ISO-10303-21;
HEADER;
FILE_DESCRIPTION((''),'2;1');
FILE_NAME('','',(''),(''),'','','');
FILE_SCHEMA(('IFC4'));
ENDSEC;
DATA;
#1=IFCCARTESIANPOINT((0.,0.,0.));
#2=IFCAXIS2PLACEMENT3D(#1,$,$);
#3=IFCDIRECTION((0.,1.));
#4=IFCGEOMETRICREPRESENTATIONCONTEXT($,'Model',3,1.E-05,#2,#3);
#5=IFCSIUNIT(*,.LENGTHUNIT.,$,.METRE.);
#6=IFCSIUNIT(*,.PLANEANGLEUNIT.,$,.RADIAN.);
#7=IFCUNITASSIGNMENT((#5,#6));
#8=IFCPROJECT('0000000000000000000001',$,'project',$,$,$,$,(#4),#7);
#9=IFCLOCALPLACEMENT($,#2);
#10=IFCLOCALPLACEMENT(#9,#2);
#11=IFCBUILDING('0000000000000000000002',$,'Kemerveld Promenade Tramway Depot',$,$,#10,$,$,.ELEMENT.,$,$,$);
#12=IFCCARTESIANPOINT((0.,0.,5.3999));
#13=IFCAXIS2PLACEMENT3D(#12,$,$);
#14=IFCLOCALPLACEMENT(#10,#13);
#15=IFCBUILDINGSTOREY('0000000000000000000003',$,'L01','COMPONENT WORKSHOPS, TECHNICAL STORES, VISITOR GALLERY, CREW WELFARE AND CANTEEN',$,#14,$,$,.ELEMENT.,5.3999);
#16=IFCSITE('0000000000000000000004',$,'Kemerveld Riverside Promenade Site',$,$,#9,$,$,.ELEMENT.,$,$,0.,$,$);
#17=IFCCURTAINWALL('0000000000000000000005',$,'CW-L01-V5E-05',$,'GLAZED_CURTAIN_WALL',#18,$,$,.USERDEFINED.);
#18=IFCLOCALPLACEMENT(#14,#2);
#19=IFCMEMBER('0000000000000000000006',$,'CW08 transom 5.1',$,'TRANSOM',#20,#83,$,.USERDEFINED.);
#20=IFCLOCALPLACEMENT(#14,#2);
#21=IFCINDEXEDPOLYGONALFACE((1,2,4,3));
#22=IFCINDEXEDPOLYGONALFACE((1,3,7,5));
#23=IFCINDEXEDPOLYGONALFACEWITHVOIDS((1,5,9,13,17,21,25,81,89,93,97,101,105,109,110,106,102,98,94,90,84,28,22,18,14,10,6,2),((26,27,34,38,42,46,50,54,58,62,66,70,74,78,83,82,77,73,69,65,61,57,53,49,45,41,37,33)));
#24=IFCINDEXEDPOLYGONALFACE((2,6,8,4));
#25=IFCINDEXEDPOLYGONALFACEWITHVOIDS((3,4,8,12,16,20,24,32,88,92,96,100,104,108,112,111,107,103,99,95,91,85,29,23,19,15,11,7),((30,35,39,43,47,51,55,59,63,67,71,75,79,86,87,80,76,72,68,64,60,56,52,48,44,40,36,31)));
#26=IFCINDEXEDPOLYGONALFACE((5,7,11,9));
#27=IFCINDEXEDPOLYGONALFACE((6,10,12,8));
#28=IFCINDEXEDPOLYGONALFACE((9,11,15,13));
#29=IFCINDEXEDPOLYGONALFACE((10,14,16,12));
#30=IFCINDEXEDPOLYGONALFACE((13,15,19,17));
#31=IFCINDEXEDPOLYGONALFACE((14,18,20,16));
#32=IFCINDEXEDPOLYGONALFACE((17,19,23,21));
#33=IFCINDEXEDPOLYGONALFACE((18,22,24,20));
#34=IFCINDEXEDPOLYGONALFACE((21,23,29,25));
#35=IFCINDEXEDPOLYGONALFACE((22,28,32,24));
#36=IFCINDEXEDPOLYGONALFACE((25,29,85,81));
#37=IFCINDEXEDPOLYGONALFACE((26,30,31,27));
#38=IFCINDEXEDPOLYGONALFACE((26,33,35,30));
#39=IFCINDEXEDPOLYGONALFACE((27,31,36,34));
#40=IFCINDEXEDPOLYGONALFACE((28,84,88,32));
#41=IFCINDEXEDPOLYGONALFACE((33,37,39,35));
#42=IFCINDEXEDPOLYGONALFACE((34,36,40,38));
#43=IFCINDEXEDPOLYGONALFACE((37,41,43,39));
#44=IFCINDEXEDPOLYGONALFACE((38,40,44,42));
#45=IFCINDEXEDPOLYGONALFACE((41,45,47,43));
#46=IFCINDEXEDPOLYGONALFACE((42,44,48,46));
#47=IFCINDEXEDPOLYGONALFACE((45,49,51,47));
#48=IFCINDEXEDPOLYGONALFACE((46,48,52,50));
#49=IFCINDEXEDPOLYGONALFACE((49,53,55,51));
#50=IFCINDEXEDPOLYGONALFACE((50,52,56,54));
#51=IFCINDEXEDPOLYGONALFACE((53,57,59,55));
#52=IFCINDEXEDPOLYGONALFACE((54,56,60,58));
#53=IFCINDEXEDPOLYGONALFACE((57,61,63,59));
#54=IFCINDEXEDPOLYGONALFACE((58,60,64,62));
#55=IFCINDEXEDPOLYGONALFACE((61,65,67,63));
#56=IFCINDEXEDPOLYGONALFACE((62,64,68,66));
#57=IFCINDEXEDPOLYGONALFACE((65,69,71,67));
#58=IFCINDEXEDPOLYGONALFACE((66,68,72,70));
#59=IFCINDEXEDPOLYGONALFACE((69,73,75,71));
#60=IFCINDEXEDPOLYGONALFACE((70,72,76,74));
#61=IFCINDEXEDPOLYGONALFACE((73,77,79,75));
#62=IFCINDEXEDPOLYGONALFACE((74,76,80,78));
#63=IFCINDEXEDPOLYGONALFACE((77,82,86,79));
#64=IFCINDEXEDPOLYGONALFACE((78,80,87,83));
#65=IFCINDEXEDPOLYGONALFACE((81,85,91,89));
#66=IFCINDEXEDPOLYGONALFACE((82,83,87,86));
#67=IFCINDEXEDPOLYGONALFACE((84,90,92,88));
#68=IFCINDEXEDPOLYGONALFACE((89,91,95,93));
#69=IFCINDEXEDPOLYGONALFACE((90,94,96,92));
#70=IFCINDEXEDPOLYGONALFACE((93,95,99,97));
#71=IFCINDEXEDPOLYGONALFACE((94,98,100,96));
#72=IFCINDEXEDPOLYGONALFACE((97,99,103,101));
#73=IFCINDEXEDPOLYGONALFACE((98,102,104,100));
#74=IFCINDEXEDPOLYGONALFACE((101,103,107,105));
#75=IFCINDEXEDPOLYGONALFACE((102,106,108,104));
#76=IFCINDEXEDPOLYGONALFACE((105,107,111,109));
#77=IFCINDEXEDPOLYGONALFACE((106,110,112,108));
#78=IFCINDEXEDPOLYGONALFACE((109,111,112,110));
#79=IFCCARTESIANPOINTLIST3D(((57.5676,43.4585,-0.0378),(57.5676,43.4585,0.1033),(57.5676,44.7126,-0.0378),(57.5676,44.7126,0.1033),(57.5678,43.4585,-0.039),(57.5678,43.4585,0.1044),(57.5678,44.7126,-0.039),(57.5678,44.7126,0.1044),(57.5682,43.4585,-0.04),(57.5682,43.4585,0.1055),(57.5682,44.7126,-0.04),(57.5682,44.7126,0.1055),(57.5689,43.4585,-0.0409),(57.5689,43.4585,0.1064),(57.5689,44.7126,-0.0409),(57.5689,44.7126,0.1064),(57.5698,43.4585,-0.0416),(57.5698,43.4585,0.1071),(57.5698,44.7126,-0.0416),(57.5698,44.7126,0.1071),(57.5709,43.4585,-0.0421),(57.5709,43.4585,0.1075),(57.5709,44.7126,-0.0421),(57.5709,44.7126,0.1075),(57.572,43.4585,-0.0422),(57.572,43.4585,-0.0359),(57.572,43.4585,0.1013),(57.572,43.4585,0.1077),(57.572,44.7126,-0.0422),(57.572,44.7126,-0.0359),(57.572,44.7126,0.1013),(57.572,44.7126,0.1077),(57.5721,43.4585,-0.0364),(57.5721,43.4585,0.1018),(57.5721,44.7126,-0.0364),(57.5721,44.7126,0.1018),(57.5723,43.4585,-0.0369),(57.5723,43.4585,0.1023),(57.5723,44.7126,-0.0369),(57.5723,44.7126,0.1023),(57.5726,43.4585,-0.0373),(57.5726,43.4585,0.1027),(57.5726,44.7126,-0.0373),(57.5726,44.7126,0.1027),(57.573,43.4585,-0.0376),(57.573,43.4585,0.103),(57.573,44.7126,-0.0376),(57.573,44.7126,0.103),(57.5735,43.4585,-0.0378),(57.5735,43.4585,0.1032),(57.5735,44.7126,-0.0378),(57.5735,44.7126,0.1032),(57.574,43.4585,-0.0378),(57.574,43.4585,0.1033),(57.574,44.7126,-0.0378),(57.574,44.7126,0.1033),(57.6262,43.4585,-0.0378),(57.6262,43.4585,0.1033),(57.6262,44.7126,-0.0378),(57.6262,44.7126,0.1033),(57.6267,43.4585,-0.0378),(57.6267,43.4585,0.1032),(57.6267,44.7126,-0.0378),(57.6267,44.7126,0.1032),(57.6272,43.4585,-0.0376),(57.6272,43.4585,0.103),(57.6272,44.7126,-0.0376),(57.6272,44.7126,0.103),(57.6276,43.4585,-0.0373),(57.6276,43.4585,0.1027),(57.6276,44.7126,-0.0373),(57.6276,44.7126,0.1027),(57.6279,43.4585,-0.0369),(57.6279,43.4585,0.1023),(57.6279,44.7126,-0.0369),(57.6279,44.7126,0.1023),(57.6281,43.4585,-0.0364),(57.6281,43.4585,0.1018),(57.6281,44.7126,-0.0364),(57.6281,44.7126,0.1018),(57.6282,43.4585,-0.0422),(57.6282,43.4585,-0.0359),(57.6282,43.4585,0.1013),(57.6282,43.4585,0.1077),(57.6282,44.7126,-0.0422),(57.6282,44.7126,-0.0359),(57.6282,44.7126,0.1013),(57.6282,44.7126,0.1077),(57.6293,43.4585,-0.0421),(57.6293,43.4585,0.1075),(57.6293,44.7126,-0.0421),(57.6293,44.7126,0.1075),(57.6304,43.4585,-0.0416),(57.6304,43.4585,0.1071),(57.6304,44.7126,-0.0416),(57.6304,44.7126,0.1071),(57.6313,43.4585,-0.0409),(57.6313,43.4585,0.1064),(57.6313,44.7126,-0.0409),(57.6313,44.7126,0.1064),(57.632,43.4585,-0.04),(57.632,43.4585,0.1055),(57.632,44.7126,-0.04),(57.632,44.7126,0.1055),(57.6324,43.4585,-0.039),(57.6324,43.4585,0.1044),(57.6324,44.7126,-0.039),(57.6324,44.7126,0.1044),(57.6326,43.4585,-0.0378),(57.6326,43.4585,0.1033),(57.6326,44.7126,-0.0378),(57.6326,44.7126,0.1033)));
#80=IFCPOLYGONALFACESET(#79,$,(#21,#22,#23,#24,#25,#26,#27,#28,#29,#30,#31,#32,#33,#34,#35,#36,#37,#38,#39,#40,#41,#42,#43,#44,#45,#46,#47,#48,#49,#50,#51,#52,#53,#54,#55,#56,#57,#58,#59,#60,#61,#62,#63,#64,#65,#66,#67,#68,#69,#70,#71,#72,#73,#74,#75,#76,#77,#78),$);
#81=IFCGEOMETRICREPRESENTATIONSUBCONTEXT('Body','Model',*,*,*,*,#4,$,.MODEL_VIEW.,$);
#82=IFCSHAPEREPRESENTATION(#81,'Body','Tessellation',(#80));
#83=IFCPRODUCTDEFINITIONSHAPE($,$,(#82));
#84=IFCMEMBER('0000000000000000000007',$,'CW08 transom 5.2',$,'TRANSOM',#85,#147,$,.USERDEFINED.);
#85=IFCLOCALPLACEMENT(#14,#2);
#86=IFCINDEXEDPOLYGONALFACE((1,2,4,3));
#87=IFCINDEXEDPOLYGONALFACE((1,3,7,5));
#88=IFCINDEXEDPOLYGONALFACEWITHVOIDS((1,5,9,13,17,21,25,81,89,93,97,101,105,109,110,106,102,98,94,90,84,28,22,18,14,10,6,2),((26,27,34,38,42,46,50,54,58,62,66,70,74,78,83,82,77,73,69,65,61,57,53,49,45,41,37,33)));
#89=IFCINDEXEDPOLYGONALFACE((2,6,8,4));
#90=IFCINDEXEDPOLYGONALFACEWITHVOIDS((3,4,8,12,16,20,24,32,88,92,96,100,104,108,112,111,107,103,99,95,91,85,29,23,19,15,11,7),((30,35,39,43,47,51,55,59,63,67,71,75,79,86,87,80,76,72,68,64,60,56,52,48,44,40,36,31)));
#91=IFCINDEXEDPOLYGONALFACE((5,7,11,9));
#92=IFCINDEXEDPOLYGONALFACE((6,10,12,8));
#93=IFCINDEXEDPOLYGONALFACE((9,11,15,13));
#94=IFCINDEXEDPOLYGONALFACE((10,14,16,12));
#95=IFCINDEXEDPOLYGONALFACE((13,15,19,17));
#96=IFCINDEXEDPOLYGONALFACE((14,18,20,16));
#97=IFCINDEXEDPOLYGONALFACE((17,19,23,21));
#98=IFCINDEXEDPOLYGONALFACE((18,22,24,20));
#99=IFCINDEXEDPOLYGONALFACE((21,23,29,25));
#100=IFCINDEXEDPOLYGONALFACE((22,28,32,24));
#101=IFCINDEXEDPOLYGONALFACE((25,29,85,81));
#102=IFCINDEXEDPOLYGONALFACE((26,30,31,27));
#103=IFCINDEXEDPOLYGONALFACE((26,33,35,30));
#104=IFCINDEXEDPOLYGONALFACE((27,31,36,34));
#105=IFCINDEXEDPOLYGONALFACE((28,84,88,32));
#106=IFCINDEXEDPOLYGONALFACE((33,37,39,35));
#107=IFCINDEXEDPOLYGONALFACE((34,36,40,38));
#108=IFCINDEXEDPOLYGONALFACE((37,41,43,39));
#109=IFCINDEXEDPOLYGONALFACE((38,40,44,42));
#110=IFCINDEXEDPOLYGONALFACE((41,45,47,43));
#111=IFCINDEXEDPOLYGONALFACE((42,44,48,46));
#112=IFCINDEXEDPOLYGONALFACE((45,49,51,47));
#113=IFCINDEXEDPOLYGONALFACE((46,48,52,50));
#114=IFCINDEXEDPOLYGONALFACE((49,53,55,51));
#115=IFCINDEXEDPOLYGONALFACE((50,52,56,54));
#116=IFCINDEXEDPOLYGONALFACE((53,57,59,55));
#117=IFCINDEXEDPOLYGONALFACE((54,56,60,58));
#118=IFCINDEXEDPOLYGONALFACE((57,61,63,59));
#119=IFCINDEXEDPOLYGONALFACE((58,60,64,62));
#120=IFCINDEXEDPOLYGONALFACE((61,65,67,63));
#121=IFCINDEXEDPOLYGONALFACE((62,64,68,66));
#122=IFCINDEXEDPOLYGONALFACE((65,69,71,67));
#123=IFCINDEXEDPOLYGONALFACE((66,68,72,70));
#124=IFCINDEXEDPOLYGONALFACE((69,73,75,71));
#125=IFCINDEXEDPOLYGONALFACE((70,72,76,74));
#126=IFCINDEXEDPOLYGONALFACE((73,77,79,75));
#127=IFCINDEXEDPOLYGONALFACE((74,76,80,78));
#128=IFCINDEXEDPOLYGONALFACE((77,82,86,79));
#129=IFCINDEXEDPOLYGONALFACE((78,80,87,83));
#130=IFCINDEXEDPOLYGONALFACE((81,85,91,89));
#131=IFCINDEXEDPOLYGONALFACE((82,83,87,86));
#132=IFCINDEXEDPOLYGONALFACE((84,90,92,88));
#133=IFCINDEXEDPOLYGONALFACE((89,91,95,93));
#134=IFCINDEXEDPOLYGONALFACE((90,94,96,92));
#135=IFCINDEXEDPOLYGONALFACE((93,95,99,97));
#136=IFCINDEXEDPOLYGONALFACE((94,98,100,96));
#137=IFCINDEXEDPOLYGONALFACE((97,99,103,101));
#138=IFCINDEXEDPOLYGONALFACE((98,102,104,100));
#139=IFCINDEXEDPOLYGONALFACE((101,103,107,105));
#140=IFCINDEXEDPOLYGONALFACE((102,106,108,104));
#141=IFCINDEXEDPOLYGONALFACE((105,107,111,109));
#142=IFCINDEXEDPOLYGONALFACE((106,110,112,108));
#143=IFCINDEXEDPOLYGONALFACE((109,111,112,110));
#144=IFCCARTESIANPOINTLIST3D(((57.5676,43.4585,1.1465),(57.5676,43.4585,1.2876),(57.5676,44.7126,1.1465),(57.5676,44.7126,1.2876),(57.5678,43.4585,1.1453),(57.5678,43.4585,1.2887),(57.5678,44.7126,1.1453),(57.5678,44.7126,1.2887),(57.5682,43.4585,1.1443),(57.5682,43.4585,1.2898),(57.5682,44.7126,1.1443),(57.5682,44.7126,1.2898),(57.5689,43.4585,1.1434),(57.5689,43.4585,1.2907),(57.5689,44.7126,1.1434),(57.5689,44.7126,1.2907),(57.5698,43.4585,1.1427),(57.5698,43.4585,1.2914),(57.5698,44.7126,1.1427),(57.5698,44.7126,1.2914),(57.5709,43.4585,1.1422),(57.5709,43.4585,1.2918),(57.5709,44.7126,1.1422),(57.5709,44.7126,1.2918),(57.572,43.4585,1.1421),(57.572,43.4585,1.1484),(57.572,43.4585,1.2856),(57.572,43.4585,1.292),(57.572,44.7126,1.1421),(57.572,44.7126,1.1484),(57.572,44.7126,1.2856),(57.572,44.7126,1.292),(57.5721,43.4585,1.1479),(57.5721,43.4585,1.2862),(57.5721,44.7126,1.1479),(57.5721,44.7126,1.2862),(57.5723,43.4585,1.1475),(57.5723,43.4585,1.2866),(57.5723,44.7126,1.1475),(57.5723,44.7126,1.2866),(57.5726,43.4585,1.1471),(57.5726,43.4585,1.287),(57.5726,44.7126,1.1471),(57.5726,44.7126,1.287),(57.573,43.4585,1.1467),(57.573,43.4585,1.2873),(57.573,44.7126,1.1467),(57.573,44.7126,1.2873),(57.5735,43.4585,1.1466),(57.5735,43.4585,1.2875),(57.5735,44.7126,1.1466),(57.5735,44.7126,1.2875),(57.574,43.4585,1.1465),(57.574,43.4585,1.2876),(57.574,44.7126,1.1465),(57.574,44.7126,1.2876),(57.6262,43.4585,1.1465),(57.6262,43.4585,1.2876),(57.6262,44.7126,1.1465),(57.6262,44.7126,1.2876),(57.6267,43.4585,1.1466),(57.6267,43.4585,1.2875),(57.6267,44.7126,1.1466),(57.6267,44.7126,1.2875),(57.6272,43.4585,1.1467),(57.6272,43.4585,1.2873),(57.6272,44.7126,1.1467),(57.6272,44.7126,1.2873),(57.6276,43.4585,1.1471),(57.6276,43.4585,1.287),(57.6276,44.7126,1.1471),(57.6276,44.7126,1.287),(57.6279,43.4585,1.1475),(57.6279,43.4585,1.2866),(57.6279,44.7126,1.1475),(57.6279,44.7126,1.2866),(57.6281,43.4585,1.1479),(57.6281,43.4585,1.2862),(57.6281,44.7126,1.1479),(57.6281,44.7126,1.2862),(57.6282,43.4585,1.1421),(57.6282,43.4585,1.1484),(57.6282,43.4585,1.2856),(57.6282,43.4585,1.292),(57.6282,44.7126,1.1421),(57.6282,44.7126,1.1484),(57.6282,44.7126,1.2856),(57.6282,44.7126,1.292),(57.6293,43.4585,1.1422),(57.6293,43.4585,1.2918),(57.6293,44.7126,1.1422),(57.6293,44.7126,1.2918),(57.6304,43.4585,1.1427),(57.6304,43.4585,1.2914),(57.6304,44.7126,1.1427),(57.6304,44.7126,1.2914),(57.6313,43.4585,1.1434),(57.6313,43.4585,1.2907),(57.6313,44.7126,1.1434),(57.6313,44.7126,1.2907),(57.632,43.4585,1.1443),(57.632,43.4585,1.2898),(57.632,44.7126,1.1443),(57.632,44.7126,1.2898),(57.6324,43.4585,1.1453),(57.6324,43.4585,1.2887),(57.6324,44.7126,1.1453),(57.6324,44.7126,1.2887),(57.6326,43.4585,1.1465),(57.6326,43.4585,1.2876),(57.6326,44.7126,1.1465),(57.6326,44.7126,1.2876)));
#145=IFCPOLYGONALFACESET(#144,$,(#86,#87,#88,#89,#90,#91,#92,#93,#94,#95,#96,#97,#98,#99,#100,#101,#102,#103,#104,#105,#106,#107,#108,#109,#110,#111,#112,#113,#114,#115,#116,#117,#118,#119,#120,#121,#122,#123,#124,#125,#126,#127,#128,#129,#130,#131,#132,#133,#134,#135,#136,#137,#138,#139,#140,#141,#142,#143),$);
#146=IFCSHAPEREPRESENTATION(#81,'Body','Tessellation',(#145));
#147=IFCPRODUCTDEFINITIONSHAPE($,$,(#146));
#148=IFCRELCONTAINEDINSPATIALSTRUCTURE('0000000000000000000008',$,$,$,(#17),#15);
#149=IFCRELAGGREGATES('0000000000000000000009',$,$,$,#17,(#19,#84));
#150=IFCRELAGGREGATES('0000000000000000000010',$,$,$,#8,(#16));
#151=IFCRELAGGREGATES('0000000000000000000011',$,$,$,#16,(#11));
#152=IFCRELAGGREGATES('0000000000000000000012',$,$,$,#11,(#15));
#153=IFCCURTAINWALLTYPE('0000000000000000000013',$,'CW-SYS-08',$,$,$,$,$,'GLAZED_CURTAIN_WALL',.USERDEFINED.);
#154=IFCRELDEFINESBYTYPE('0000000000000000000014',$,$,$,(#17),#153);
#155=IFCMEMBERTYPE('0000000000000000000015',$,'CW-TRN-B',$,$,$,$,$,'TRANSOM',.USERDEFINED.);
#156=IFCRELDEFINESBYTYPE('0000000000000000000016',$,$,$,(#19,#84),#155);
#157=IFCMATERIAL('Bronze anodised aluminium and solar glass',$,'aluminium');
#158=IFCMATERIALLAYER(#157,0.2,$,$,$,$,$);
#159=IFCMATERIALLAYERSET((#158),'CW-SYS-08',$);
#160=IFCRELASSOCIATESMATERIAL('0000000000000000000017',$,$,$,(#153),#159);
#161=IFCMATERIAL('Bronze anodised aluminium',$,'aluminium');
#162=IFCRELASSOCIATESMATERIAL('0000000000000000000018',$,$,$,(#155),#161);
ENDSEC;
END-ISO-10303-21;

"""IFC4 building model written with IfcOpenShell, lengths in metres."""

from ifc_helpers import new_model, si_unit, direction, frame, origin, origin_2d, place, context, subcontext, project, spatial, hollow_rectangle, extrude, material, layer, layer_set, material_profile, profile_set, type_object, element, aggregate, save


model = new_model("IFC4")

# Units and contexts
model_context = context("Model", 3, precision=1e-05, world=origin(), true_north=direction((0.0, 1.0)))
body_context = subcontext(model_context, "Body", "Model", "MODEL_VIEW")
ifc_project = project(units=[si_unit("LENGTHUNIT", "METRE"), si_unit("PLANEANGLEUNIT", "RADIAN")], contexts=[model_context])

# Site, building, storey
site_placement = place(None, origin())
site = spatial("IfcSite", under=ifc_project, at=site_placement, Name="Kemerveld Riverside Promenade Site", CompositionType="ELEMENT", RefElevation=0.0)
building_placement = place(site_placement, origin())
building = spatial("IfcBuilding", under=site, at=building_placement, Name="Kemerveld Promenade Tramway Depot", CompositionType="ELEMENT")
storey_placement = place(building_placement, frame((0.0, 0.0, 5.3999)))
storey = spatial("IfcBuildingStorey", under=building, at=storey_placement, Name="L01", Description="COMPONENT WORKSHOPS, TECHNICAL STORES, VISITOR GALLERY, CREW WELFARE AND CANTEEN", CompositionType="ELEMENT", Elevation=5.3999)

# Curtain wall, members
ifc_material_1 = material(Name="Bronze anodised aluminium and solar glass", Category="aluminium")
ifc_layer_1 = layer(ifc_material_1, 0.2)
ifc_layer_set_1 = layer_set([ifc_layer_1], Name="CW-SYS-08")
curtain_wall_type = type_object("IfcCurtainWallType", Name="CW-SYS-08", ElementType="GLAZED_CURTAIN_WALL", PredefinedType="USERDEFINED", material=ifc_layer_set_1)
curtain_wall_placement = place(storey_placement, origin())
curtain_wall = element("IfcCurtainWall", 1, at=curtain_wall_placement, inside=storey, type_object=curtain_wall_type, Name="CW-L01-V5E-05", ObjectType="GLAZED_CURTAIN_WALL", PredefinedType="USERDEFINED")
ifc_material_2 = material(Name="Bronze anodised aluminium", Category="aluminium")
ifc_material_profile_1 = material_profile(ifc_material_2, hollow_rectangle(XDim=0.0649, YDim=0.1499, WallThickness=0.0044, InnerFilletRadius=0.002, OuterFilletRadius=0.0044, at=origin_2d()), Name="CW-TRN-150x65")
ifc_profile_set_1 = profile_set([ifc_material_profile_1], Name="Bronze anodised aluminium")
member_type_1 = type_object("IfcMemberType", Name="CW-TRN-B", ElementType="TRANSOM", PredefinedType="USERDEFINED", material=ifc_profile_set_1)
member_1_placement = place(storey_placement, frame((57.6001, 44.7126, 0.0327), z_axis=(0.0, -1.0, 0.0), x_axis=(1.0, 0.0, 0.0)))
member_1 = element("IfcMember", 2, at=member_1_placement, type_object=member_type_1, Name="CW08 transom 5.1", ObjectType="TRANSOM", PredefinedType="USERDEFINED", context=body_context, shape_type="SweptSolid", body=[
    extrude(hollow_rectangle(XDim=0.0649, YDim=0.1499, WallThickness=0.0044, InnerFilletRadius=0.002, OuterFilletRadius=0.0044, at=origin_2d()), origin(), (0.0, 0.0, 1.0), 1.2542),
])
member_2_placement = place(storey_placement, frame((57.6001, 44.7126, 1.217), z_axis=(0.0, -1.0, 0.0), x_axis=(1.0, 0.0, 0.0)))
member_2 = element("IfcMember", 3, at=member_2_placement, type_object=member_type_1, Name="CW08 transom 5.2", ObjectType="TRANSOM", PredefinedType="USERDEFINED", context=body_context, shape_type="SweptSolid", body=[
    extrude(hollow_rectangle(XDim=0.0649, YDim=0.1499, WallThickness=0.0044, InnerFilletRadius=0.002, OuterFilletRadius=0.0044, at=origin_2d()), origin(), (0.0, 0.0, 1.0), 1.2542),
])
aggregate(curtain_wall, [member_1, member_2])

save(model, "model.ifc")
